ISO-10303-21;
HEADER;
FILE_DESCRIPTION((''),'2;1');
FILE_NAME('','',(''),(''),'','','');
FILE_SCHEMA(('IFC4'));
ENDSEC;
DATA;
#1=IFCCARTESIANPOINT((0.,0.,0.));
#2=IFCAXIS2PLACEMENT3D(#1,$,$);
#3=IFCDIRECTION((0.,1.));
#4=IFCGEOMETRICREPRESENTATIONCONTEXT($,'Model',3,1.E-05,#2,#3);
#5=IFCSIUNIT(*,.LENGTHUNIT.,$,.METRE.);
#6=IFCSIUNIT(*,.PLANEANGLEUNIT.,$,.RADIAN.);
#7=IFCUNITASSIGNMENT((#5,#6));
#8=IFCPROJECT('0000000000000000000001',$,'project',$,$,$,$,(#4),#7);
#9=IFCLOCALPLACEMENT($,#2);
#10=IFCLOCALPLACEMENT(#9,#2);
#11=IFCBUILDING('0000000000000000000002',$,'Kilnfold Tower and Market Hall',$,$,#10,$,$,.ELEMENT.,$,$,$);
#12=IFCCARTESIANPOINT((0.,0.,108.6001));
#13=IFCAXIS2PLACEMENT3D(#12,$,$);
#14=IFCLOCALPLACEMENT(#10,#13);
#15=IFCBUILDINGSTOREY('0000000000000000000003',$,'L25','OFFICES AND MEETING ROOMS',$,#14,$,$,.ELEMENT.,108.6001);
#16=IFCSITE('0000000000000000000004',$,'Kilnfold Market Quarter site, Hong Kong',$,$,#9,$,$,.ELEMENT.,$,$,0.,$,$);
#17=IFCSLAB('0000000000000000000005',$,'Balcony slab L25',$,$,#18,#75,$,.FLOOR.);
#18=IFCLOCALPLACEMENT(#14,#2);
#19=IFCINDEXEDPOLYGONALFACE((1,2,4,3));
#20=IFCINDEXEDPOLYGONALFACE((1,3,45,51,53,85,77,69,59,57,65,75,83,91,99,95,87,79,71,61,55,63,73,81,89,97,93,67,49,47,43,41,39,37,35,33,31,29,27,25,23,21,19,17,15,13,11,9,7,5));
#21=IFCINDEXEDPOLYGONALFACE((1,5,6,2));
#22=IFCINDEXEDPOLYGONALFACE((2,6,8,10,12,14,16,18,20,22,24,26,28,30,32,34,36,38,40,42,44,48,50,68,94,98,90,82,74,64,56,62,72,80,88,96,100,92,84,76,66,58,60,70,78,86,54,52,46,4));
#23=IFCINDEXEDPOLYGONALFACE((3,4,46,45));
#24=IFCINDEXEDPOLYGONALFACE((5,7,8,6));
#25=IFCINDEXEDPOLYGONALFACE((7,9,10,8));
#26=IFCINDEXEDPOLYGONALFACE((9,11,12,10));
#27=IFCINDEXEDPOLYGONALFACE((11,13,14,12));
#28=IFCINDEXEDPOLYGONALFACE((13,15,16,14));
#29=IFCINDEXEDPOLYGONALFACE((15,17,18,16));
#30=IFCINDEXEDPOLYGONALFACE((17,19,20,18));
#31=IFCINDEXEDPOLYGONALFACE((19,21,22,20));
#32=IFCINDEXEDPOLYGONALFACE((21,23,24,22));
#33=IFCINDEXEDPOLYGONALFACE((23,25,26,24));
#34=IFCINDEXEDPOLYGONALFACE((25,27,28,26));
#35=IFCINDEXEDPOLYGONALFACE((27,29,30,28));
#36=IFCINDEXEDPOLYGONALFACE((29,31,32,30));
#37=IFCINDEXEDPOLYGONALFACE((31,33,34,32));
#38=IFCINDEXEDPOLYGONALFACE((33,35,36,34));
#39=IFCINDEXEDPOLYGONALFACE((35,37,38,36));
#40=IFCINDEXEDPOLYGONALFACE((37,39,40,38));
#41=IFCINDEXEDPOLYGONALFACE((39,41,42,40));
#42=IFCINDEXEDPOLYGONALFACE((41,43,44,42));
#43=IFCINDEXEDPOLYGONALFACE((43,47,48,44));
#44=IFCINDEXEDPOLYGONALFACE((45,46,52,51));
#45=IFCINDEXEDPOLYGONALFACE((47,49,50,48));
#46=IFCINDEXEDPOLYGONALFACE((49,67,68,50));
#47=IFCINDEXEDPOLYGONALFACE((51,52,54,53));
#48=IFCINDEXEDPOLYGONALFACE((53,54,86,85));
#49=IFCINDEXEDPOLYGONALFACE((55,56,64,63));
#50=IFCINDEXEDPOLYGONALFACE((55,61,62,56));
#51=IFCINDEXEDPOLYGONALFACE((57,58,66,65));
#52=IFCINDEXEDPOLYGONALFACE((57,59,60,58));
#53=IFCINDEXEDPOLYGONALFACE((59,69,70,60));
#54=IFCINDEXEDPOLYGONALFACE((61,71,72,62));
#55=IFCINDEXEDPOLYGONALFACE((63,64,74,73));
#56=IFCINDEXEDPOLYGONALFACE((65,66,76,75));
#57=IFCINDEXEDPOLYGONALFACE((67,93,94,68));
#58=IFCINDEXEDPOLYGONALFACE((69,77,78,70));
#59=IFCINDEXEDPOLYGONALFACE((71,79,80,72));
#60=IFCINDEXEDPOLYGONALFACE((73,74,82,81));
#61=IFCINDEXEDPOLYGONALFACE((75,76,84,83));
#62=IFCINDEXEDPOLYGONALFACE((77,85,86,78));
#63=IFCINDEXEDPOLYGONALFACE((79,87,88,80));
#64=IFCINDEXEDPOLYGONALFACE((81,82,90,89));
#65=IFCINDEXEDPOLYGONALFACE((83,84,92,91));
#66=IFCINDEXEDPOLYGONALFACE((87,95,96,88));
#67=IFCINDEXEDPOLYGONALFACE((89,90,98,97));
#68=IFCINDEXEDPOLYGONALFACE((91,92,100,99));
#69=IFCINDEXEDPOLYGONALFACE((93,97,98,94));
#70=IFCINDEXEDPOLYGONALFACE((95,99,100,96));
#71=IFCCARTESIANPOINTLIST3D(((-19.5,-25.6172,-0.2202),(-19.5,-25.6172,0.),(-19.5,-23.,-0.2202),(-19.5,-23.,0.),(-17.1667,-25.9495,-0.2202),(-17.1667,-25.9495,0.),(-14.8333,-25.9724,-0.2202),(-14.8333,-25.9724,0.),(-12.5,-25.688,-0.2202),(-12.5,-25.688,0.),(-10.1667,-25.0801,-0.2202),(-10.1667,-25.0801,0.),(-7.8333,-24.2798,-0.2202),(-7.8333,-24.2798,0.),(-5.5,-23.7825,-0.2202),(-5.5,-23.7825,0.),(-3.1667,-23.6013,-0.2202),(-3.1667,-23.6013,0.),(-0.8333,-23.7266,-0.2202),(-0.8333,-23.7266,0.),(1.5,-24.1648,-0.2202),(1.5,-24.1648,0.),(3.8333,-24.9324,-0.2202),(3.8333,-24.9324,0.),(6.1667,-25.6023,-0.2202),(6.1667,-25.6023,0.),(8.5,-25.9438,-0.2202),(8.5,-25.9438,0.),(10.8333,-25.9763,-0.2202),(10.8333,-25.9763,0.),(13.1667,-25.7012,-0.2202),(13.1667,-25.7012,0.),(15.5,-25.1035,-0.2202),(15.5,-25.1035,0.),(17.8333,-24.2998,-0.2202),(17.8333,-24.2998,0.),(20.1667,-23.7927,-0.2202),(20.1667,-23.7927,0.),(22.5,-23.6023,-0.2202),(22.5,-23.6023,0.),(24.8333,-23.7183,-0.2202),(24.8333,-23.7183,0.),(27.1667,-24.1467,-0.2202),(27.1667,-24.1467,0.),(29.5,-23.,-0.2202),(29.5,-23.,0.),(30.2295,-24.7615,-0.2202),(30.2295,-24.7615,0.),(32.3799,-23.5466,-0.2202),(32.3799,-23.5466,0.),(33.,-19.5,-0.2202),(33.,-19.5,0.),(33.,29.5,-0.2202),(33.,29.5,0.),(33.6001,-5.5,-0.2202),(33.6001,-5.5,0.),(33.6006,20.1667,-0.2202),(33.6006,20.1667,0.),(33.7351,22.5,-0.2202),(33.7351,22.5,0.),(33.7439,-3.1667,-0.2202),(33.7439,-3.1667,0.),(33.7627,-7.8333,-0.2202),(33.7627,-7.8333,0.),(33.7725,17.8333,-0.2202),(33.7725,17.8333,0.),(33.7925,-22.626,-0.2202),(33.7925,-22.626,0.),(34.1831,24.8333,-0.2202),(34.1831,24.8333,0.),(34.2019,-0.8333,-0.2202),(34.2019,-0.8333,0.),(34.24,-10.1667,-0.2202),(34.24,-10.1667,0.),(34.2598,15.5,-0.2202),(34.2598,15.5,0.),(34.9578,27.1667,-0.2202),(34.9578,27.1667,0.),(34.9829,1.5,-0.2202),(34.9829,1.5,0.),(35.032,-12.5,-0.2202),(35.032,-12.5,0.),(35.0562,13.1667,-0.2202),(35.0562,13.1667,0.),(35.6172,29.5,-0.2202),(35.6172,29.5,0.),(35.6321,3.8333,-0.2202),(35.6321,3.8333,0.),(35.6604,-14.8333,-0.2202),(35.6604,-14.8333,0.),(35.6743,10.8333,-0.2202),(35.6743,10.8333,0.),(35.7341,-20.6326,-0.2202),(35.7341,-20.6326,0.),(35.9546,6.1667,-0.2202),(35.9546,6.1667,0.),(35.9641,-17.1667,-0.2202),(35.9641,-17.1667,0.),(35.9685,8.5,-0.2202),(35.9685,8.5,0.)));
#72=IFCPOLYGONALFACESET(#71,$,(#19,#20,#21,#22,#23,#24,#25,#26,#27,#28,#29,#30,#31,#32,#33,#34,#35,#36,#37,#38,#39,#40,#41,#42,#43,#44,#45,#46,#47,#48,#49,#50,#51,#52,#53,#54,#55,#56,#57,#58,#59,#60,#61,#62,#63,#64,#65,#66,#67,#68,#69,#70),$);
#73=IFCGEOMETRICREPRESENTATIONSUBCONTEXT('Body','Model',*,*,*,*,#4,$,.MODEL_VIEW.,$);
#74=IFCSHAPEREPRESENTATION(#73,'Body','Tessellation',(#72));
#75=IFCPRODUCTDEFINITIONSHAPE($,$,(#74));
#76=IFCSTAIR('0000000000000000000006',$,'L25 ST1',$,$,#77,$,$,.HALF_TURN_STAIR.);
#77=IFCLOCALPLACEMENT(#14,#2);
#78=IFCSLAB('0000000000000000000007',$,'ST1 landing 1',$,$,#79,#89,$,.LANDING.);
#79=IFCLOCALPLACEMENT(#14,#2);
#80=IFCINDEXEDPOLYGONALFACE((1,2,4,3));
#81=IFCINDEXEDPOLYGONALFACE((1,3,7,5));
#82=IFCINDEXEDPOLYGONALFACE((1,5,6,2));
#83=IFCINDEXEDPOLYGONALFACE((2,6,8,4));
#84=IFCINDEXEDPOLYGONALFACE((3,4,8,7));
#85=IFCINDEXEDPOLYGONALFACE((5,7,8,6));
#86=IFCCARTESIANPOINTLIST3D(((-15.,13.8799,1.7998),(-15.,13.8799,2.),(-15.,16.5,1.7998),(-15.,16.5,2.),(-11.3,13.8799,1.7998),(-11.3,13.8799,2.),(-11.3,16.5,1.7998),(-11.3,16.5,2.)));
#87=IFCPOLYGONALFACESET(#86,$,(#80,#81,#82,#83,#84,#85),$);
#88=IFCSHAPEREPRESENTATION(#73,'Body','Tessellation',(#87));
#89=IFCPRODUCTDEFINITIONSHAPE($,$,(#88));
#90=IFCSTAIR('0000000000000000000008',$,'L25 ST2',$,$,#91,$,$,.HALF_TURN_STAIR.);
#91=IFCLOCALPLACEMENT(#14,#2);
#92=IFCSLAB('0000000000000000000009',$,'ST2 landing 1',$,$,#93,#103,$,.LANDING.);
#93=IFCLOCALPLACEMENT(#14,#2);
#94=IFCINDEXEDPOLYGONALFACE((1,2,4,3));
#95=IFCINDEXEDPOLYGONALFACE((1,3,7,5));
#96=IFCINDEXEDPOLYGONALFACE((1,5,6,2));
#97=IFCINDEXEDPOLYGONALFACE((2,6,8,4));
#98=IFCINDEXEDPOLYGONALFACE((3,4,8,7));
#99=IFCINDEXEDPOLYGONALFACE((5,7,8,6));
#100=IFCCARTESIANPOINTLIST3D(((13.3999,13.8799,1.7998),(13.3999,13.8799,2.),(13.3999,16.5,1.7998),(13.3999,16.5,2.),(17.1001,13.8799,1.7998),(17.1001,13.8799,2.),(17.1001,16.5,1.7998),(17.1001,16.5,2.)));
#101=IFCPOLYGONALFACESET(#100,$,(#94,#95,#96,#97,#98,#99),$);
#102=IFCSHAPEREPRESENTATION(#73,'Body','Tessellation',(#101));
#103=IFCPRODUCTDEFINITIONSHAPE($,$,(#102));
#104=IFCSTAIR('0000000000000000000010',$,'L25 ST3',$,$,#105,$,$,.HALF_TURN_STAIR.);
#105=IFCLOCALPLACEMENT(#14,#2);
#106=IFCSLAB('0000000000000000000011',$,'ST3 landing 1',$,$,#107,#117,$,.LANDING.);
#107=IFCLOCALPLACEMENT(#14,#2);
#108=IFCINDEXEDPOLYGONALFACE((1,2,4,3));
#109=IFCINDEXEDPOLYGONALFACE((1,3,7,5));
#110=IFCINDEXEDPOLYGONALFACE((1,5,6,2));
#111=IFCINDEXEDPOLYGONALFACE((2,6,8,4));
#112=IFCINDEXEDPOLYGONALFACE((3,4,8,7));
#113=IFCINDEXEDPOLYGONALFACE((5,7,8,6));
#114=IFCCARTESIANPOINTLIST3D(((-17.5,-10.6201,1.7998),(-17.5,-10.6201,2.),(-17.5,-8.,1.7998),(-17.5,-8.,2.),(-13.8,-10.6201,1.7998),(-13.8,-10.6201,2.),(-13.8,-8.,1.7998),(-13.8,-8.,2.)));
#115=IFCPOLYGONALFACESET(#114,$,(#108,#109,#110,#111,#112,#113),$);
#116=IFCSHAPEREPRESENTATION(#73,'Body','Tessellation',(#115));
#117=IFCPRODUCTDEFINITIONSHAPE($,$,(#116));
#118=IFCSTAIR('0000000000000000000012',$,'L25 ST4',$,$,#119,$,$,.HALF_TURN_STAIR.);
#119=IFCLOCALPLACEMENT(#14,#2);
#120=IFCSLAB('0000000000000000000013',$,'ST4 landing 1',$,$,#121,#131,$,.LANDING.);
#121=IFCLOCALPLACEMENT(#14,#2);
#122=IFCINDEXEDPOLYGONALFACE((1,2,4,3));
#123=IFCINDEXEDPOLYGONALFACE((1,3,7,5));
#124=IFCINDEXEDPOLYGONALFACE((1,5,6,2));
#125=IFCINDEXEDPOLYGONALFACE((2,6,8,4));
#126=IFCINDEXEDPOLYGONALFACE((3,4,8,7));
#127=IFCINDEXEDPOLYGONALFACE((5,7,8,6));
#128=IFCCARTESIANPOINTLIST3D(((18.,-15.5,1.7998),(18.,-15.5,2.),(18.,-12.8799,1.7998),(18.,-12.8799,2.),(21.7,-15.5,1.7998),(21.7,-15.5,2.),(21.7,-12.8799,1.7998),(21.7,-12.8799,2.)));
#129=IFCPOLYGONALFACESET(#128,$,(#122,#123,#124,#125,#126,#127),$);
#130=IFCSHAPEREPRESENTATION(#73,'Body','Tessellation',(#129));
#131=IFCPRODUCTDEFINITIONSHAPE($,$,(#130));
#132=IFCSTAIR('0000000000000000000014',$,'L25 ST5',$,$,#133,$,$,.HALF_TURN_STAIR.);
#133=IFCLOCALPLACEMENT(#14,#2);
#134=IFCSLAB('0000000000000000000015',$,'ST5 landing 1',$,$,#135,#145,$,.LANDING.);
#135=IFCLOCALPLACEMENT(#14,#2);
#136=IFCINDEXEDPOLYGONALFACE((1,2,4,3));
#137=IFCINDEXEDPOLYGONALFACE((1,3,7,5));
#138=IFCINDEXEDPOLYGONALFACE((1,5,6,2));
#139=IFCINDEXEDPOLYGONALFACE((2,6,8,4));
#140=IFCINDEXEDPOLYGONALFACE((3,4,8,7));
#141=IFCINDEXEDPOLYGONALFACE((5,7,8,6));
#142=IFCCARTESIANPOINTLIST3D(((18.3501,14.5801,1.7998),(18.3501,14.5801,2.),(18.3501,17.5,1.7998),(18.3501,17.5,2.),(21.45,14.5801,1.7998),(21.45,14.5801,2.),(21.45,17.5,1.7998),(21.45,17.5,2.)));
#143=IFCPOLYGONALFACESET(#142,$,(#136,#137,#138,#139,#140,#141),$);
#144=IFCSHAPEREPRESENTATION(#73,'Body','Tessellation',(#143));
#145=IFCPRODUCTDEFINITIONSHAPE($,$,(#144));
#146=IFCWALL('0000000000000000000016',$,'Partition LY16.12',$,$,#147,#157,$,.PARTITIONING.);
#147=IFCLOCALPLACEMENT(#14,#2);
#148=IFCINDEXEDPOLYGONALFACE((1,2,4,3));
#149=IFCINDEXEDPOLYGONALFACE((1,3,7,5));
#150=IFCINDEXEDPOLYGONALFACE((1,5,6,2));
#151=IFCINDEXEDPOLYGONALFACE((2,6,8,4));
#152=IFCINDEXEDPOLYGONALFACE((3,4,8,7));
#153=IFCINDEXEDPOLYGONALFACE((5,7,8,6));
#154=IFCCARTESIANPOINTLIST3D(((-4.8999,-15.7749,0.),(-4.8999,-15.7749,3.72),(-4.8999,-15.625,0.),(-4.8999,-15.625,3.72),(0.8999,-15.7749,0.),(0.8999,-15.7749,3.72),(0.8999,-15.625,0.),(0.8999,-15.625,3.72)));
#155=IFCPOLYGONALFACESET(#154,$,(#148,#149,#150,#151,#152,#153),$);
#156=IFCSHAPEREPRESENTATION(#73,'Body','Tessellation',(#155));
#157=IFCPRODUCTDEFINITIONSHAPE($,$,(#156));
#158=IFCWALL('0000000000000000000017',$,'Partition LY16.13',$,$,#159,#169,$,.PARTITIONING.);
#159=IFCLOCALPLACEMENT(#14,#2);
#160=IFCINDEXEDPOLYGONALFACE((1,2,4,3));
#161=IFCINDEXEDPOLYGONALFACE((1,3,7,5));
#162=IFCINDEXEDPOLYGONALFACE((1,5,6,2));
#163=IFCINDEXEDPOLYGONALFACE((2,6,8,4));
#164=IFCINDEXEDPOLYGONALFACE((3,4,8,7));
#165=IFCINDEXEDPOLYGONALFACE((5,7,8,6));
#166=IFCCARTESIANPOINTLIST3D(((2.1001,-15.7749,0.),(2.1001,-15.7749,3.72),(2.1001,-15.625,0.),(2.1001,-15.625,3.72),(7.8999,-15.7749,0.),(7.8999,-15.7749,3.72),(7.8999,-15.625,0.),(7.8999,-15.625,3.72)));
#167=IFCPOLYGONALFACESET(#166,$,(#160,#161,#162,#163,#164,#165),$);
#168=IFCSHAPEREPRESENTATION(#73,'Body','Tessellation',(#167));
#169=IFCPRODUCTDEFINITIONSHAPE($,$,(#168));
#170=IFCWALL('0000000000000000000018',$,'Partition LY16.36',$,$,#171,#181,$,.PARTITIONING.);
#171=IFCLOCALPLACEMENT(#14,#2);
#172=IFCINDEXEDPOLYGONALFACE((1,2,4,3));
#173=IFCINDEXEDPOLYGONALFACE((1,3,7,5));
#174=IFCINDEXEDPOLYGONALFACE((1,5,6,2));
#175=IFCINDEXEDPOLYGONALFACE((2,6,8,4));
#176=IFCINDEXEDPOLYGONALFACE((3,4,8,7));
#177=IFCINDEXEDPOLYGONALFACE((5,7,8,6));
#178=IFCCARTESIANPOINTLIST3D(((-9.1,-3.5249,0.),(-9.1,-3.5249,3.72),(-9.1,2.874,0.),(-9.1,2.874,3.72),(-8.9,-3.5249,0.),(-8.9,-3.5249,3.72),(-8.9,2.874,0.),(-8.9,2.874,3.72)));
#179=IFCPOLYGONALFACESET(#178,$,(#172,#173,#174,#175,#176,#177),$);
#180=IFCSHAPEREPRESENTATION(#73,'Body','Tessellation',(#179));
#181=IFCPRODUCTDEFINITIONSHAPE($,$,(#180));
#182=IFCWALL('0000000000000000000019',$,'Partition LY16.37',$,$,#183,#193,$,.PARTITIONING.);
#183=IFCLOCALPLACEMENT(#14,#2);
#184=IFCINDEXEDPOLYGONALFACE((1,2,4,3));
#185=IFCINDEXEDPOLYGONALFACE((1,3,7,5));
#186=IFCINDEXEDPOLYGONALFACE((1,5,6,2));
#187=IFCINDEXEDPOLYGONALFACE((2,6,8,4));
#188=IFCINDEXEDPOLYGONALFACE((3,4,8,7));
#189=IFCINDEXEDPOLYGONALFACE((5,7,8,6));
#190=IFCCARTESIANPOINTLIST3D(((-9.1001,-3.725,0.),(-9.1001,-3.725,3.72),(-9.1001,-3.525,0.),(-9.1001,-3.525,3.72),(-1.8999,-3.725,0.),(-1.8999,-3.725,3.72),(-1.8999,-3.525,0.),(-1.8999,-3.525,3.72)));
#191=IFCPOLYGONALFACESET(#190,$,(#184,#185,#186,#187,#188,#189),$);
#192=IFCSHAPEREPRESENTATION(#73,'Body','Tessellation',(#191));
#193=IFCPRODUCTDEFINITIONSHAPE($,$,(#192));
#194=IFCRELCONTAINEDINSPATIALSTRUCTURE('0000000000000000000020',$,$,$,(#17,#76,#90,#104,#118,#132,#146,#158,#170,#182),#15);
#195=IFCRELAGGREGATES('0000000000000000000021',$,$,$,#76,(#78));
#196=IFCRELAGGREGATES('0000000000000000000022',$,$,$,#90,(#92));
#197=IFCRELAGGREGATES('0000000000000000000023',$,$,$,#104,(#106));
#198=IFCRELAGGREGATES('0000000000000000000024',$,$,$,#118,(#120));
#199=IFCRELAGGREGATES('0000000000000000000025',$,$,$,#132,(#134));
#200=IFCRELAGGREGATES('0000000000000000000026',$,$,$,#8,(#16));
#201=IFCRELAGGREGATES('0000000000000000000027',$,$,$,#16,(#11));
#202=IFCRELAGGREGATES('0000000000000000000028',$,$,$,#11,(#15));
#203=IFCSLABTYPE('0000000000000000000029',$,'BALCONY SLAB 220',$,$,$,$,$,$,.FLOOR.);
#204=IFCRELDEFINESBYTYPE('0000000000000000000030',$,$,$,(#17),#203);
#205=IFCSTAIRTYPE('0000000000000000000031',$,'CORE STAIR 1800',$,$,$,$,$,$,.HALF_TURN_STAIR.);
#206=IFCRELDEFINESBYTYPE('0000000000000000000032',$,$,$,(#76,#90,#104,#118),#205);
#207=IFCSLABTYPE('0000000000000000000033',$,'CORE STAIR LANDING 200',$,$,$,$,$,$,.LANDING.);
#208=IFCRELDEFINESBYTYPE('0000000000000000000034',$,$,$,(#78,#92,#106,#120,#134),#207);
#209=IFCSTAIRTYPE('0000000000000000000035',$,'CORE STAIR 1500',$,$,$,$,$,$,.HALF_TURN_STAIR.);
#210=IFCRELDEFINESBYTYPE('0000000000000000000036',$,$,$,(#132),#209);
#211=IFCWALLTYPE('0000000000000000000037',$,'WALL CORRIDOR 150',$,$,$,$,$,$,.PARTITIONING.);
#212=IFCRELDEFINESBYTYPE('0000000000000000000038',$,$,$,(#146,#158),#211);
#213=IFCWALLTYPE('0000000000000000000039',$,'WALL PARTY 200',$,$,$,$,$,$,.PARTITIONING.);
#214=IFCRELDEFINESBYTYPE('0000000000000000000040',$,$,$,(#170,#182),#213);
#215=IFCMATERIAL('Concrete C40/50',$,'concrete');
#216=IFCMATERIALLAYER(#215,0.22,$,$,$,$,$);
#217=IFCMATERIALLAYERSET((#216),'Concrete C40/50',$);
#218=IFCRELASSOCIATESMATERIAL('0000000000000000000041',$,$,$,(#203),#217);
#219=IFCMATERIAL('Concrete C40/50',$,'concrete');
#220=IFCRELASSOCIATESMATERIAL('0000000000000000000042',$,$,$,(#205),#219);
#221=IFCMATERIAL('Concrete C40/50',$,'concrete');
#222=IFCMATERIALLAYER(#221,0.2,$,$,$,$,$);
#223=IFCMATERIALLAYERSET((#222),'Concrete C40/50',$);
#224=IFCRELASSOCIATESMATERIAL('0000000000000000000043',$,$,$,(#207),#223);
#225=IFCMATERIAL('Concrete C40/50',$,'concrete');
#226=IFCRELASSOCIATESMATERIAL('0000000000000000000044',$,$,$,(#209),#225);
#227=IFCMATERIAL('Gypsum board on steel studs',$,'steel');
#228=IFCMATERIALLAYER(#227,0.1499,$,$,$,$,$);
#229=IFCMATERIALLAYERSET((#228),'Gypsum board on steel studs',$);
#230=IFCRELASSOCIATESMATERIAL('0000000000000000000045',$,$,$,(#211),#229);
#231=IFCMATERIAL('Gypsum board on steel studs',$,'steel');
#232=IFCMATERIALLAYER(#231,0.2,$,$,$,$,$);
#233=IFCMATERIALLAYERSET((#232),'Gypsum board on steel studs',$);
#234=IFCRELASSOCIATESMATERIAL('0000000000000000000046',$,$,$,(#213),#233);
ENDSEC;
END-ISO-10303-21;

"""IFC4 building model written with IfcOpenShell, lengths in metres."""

from ifc_helpers import new_model, si_unit, direction, frame, frame_2d, origin, place, context, subcontext, project, spatial, polyline, rectangle, outline, extrude, source, transform, mapped, material, layer, layer_set, type_object, element, aggregate, save


model = new_model("IFC4")

# Units and contexts
model_context = context("Model", 3, precision=1e-05, world=origin(), true_north=direction((0.0, 1.0)))
body_context = subcontext(model_context, "Body", "Model", "MODEL_VIEW")
ifc_project = project(units=[si_unit("LENGTHUNIT", "METRE"), si_unit("PLANEANGLEUNIT", "RADIAN")], contexts=[model_context])

# Site, building, storey
site_placement = place(None, origin())
site = spatial("IfcSite", under=ifc_project, at=site_placement, Name="Kilnfold Market Quarter site, Hong Kong", CompositionType="ELEMENT", RefElevation=0.0)
building_placement = place(site_placement, origin())
building = spatial("IfcBuilding", under=site, at=building_placement, Name="Kilnfold Tower and Market Hall", CompositionType="ELEMENT")
storey_placement = place(building_placement, frame((0.0, 0.0, 108.6001)))
storey = spatial("IfcBuildingStorey", under=building, at=storey_placement, Name="L25", Description="OFFICES AND MEETING ROOMS", CompositionType="ELEMENT", Elevation=108.6001)

# Slab
ifc_material_1 = material(Name="Concrete C40/50", Category="concrete")
ifc_layer_1 = layer(ifc_material_1, 0.22)
ifc_layer_set_1 = layer_set([ifc_layer_1], Name="Concrete C40/50")
slab_type_1 = type_object("IfcSlabType", Name="BALCONY SLAB 220", PredefinedType="FLOOR", material=ifc_layer_set_1)
shared_shape_1 = source(origin(), body_context, "Body", "SweptSolid", [
    extrude(outline(polyline([(-19.5, -23.0), (29.5, -23.0), (33.0, -19.5), (33.0, 29.5), (35.6172, 29.5), (34.9578, 27.1667), (34.1831, 24.8333), (33.7351, 22.5), (33.6006, 20.1667), (33.7725, 17.8333), (34.2598, 15.5), (35.0562, 13.1667), (35.6743, 10.8333), (35.9685, 8.5), (35.9546, 6.1667), (35.6321, 3.8333), (34.9829, 1.5), (34.2019, -0.8333), (33.7439, -3.1667), (33.6001, -5.5), (33.7627, -7.8333), (34.24, -10.1667), (35.032, -12.5), (35.6604, -14.8333), (35.9641, -17.1667), (35.7341, -20.6326), (33.7925, -22.626), (32.3799, -23.5466), (30.2295, -24.7615), (27.1667, -24.1467), (24.8333, -23.7183), (22.5, -23.6023), (20.1667, -23.7927), (17.8333, -24.2998), (15.5, -25.1035), (13.1667, -25.7012), (10.8333, -25.9763), (8.5, -25.9438), (6.1667, -25.6023), (3.8333, -24.9324), (1.5, -24.1648), (-0.8333, -23.7266), (-3.1667, -23.6013), (-5.5, -23.7825), (-7.8333, -24.2798), (-10.1667, -25.0801), (-12.5, -25.688), (-14.8333, -25.9724), (-17.1667, -25.9495), (-19.5, -25.6172), (-19.5, -23.0)])), origin(), (0.0, 0.0, 1.0), 0.2202),
])
slab_1_placement = place(storey_placement, frame((0.0, 0.0, -0.2202)))
element("IfcSlab", 1, at=slab_1_placement, inside=storey, type_object=slab_type_1, Name="Balcony slab L25", PredefinedType="FLOOR", context=body_context, shape_type="MappedRepresentation", body=[
    mapped(shared_shape_1, transform((0.0, 0.0, 0.0))),
])

# Stairs, slabs
ifc_material_2 = material(Name="Concrete C40/50", Category="concrete")
stair_type_1 = type_object("IfcStairType", Name="CORE STAIR 1800", PredefinedType="HALF_TURN_STAIR", material=ifc_material_2)
stair_1_placement = place(storey_placement, origin())
stair_1 = element("IfcStair", 2, at=stair_1_placement, inside=storey, type_object=stair_type_1, Name="L25 ST1", PredefinedType="HALF_TURN_STAIR")
ifc_material_3 = material(Name="Concrete C40/50", Category="concrete")
ifc_layer_2 = layer(ifc_material_3, 0.2)
ifc_layer_set_2 = layer_set([ifc_layer_2], Name="Concrete C40/50")
slab_type_2 = type_object("IfcSlabType", Name="CORE STAIR LANDING 200", PredefinedType="LANDING", material=ifc_layer_set_2)
shared_shape_2 = source(origin(), body_context, "Body", "SweptSolid", [
    extrude(outline(polyline([(-11.3, 13.8799), (-11.3, 16.5), (-15.0, 16.5), (-15.0, 13.8799), (-11.3, 13.8799)])), origin(), (0.0, 0.0, 1.0), 0.2002),
])
slab_2_placement = place(storey_placement, frame((0.0, 0.0, 1.7998)))
slab_2 = element("IfcSlab", 3, at=slab_2_placement, type_object=slab_type_2, Name="ST1 landing 1", PredefinedType="LANDING", context=body_context, shape_type="MappedRepresentation", body=[
    mapped(shared_shape_2, transform((0.0, 0.0, 0.0))),
])
aggregate(stair_1, [slab_2])
stair_2_placement = place(storey_placement, origin())
stair_2 = element("IfcStair", 4, at=stair_2_placement, inside=storey, type_object=stair_type_1, Name="L25 ST2", PredefinedType="HALF_TURN_STAIR")
shared_shape_3 = source(origin(), body_context, "Body", "SweptSolid", [
    extrude(outline(polyline([(17.1001, 13.8799), (17.1001, 16.5), (13.3999, 16.5), (13.3999, 13.8799), (17.1001, 13.8799)])), origin(), (0.0, 0.0, 1.0), 0.2002),
])
slab_3_placement = place(storey_placement, frame((0.0, 0.0, 1.7998)))
slab_3 = element("IfcSlab", 5, at=slab_3_placement, type_object=slab_type_2, Name="ST2 landing 1", PredefinedType="LANDING", context=body_context, shape_type="MappedRepresentation", body=[
    mapped(shared_shape_3, transform((0.0, 0.0, 0.0))),
])
aggregate(stair_2, [slab_3])
stair_3_placement = place(storey_placement, origin())
stair_3 = element("IfcStair", 6, at=stair_3_placement, inside=storey, type_object=stair_type_1, Name="L25 ST3", PredefinedType="HALF_TURN_STAIR")
shared_shape_4 = source(origin(), body_context, "Body", "SweptSolid", [
    extrude(outline(polyline([(-13.8, -10.6201), (-13.8, -8.0), (-17.5, -8.0), (-17.5, -10.6201), (-13.8, -10.6201)])), origin(), (0.0, 0.0, 1.0), 0.2002),
])
slab_4_placement = place(storey_placement, frame((0.0, 0.0, 1.7998)))
slab_4 = element("IfcSlab", 7, at=slab_4_placement, type_object=slab_type_2, Name="ST3 landing 1", PredefinedType="LANDING", context=body_context, shape_type="MappedRepresentation", body=[
    mapped(shared_shape_4, transform((0.0, 0.0, 0.0))),
])
aggregate(stair_3, [slab_4])
stair_4_placement = place(storey_placement, origin())
stair_4 = element("IfcStair", 8, at=stair_4_placement, inside=storey, type_object=stair_type_1, Name="L25 ST4", PredefinedType="HALF_TURN_STAIR")
shared_shape_5 = source(origin(), body_context, "Body", "SweptSolid", [
    extrude(outline(polyline([(18.0, -12.8799), (18.0, -15.5), (21.7, -15.5), (21.7, -12.8799), (18.0, -12.8799)])), origin(), (0.0, 0.0, 1.0), 0.2002),
])
slab_5_placement = place(storey_placement, frame((0.0, 0.0, 1.7998)))
slab_5 = element("IfcSlab", 9, at=slab_5_placement, type_object=slab_type_2, Name="ST4 landing 1", PredefinedType="LANDING", context=body_context, shape_type="MappedRepresentation", body=[
    mapped(shared_shape_5, transform((0.0, 0.0, 0.0))),
])
aggregate(stair_4, [slab_5])
ifc_material_4 = material(Name="Concrete C40/50", Category="concrete")
stair_type_2 = type_object("IfcStairType", Name="CORE STAIR 1500", PredefinedType="HALF_TURN_STAIR", material=ifc_material_4)
stair_5_placement = place(storey_placement, origin())
stair_5 = element("IfcStair", 10, at=stair_5_placement, inside=storey, type_object=stair_type_2, Name="L25 ST5", PredefinedType="HALF_TURN_STAIR")
shared_shape_6 = source(origin(), body_context, "Body", "SweptSolid", [
    extrude(outline(polyline([(21.45, 14.5801), (21.45, 17.5), (18.3501, 17.5), (18.3501, 14.5801), (21.45, 14.5801)])), origin(), (0.0, 0.0, 1.0), 0.2002),
])
slab_6_placement = place(storey_placement, frame((0.0, 0.0, 1.7998)))
slab_6 = element("IfcSlab", 11, at=slab_6_placement, type_object=slab_type_2, Name="ST5 landing 1", PredefinedType="LANDING", context=body_context, shape_type="MappedRepresentation", body=[
    mapped(shared_shape_6, transform((0.0, 0.0, 0.0))),
])
aggregate(stair_5, [slab_6])

# Walls
ifc_material_5 = material(Name="Gypsum board on steel studs", Category="steel")
ifc_layer_3 = layer(ifc_material_5, 0.1499)
ifc_layer_set_3 = layer_set([ifc_layer_3], Name="Gypsum board on steel studs")
wall_type_1 = type_object("IfcWallType", Name="WALL CORRIDOR 150", PredefinedType="PARTITIONING", material=ifc_layer_set_3)
for number, where, z_axis, x_axis, name in (
    (12, (-4.8999, -15.7, 0.0), (0.0, 0.0, 1.0), (1.0, 0.0, 0.0), "Partition LY16.12"),
    (13, (2.1001, -15.7, 0.0), (0.0, 0.0, 1.0), (1.0, 0.0, 0.0), "Partition LY16.13"),
):
    element("IfcWall", number, at=place(storey_placement, frame(where, z_axis=z_axis, x_axis=x_axis)), inside=storey, type_object=wall_type_1, Name=name, PredefinedType="PARTITIONING", context=body_context, shape_type="SweptSolid", body=[
        extrude(rectangle(XDim=5.7998, YDim=0.1499, at=frame_2d((2.8999, 0.0))), origin(), (0.0, 0.0, 1.0), 3.72),
    ])
ifc_material_6 = material(Name="Gypsum board on steel studs", Category="steel")
ifc_layer_4 = layer(ifc_material_6, 0.2)
ifc_layer_set_4 = layer_set([ifc_layer_4], Name="Gypsum board on steel studs")
wall_type_2 = type_object("IfcWallType", Name="WALL PARTY 200", PredefinedType="PARTITIONING", material=ifc_layer_set_4)
wall_1_placement = place(storey_placement, frame((-9.0, -3.5249, 0.0), z_axis=(0.0, 0.0, 1.0), x_axis=(0.0, 1.0, 0.0)))
element("IfcWall", 14, at=wall_1_placement, inside=storey, type_object=wall_type_2, Name="Partition LY16.36", PredefinedType="PARTITIONING", context=body_context, shape_type="SweptSolid", body=[
    extrude(rectangle(XDim=6.3989, YDim=0.2, at=frame_2d((3.1995, 0.0))), origin(), (0.0, 0.0, 1.0), 3.72),
])
wall_2_placement = place(storey_placement, frame((-9.1001, -3.625, 0.0), z_axis=(0.0, 0.0, 1.0), x_axis=(1.0, 0.0, 0.0)))
element("IfcWall", 15, at=wall_2_placement, inside=storey, type_object=wall_type_2, Name="Partition LY16.37", PredefinedType="PARTITIONING", context=body_context, shape_type="SweptSolid", body=[
    extrude(rectangle(XDim=7.2002, YDim=0.2, at=frame_2d((3.6001, 0.0))), origin(), (0.0, 0.0, 1.0), 3.72),
])

save(model, "model.ifc")
